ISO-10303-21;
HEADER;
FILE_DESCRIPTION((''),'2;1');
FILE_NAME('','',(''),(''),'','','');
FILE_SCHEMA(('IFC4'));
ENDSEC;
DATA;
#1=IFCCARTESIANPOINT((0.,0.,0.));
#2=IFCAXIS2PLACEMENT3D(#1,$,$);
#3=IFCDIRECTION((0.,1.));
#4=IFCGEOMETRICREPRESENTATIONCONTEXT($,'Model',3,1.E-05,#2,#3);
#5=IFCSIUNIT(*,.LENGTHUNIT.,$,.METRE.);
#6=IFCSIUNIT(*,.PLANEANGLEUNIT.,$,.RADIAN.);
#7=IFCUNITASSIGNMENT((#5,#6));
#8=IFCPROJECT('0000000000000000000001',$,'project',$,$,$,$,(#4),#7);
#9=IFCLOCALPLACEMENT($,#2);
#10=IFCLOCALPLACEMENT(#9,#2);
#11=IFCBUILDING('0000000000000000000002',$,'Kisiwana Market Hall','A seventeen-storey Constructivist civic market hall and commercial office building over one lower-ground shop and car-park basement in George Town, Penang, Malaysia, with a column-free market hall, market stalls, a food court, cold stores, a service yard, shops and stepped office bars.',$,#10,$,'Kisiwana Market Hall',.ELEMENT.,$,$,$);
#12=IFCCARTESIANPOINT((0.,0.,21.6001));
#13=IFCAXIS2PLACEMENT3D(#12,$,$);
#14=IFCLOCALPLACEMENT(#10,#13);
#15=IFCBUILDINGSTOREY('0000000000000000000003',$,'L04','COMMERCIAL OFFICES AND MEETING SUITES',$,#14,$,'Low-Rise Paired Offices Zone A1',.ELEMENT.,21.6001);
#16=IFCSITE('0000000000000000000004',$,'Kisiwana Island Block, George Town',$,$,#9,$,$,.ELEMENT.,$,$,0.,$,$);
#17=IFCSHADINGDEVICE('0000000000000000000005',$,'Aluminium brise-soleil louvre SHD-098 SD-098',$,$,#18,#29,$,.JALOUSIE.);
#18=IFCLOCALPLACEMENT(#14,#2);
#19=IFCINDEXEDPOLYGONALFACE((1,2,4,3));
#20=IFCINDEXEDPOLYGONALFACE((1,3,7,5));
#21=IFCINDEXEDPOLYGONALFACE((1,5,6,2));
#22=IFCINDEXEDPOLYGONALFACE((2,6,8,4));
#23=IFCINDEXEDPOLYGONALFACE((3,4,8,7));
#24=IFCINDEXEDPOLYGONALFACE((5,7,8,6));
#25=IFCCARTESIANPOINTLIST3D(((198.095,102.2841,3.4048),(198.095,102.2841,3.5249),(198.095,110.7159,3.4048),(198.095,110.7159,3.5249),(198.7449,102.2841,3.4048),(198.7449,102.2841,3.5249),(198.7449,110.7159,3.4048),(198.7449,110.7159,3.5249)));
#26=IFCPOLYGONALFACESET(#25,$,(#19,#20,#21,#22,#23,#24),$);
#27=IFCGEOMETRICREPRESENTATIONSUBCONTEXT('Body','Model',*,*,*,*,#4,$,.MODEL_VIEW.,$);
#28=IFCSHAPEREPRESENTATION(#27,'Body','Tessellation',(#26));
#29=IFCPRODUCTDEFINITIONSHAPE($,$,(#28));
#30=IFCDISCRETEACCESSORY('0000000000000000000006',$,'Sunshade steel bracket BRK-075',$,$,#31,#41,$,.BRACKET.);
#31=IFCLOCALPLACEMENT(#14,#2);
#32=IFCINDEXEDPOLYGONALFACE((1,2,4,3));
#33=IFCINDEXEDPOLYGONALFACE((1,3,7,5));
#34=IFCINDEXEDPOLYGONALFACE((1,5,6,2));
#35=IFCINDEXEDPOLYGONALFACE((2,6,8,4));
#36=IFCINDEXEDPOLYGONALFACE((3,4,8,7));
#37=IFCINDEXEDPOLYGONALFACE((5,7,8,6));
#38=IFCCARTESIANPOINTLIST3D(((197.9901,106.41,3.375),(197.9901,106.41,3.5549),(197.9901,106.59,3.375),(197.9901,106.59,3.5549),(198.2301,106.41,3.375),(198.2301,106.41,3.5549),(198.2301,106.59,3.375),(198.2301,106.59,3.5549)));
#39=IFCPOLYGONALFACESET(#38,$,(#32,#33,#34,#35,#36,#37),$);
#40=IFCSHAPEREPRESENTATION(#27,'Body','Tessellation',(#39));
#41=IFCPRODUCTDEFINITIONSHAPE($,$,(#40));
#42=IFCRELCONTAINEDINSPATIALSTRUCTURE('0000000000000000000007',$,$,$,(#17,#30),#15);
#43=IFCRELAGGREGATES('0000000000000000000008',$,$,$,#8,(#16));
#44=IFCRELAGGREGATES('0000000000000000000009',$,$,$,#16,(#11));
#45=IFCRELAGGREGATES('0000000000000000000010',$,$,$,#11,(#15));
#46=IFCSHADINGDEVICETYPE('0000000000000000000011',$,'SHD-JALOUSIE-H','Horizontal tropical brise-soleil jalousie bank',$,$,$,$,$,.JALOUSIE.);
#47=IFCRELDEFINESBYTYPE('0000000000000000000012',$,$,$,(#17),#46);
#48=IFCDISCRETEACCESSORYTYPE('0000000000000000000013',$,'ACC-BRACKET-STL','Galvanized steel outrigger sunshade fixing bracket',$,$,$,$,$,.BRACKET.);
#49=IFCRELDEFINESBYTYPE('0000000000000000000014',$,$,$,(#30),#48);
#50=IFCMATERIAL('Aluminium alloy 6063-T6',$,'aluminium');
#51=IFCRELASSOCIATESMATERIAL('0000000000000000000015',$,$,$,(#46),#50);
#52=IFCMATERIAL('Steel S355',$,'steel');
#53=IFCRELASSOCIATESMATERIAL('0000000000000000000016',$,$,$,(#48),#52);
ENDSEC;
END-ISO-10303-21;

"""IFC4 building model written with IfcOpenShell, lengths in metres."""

from ifc_helpers import new_model, si_unit, direction, frame, origin, origin_2d, place, context, subcontext, project, spatial, rectangle, extrude, material, type_object, element, save


model = new_model("IFC4")

# Units and contexts
model_context = context("Model", 3, precision=1e-05, world=origin(), true_north=direction((0.0, 1.0)))
body_context = subcontext(model_context, "Body", "Model", "MODEL_VIEW")
ifc_project = project(units=[si_unit("LENGTHUNIT", "METRE"), si_unit("PLANEANGLEUNIT", "RADIAN")], contexts=[model_context])

# Site, building, storey
site_placement = place(None, origin())
site = spatial("IfcSite", under=ifc_project, at=site_placement, Name="Kisiwana Island Block, George Town", CompositionType="ELEMENT", RefElevation=0.0)
building_placement = place(site_placement, origin())
building = spatial("IfcBuilding", under=site, at=building_placement, Name="Kisiwana Market Hall", Description="A seventeen-storey Constructivist civic market hall and commercial office building over one lower-ground shop and car-park basement in George Town, Penang, Malaysia, with a column-free market hall, market stalls, a food court, cold stores, a service yard, shops and stepped office bars.", LongName="Kisiwana Market Hall", CompositionType="ELEMENT")
storey_placement = place(building_placement, frame((0.0, 0.0, 21.6001)))
storey = spatial("IfcBuildingStorey", under=building, at=storey_placement, Name="L04", Description="COMMERCIAL OFFICES AND MEETING SUITES", LongName="Low-Rise Paired Offices Zone A1", CompositionType="ELEMENT", Elevation=21.6001)

# Shading device
ifc_material_1 = material(Name="Aluminium alloy 6063-T6", Category="aluminium")
shading_device_type = type_object("IfcShadingDeviceType", Name="SHD-JALOUSIE-H", Description="Horizontal tropical brise-soleil jalousie bank", PredefinedType="JALOUSIE", material=ifc_material_1)
shading_device_placement = place(storey_placement, frame((198.4199, 106.5, 3.4048), z_axis=(0.0, 0.0, 1.0), x_axis=(0.0, 1.0, 0.0)))
element("IfcShadingDevice", 1, at=shading_device_placement, inside=storey, type_object=shading_device_type, Name="Aluminium brise-soleil louvre SHD-098 SD-098", PredefinedType="JALOUSIE", context=body_context, shape_type="SweptSolid", body=[
    extrude(rectangle(XDim=8.4319, YDim=0.6499, at=origin_2d()), origin(), (0.0, 0.0, 1.0), 0.1201),
])

# Discrete accessory
ifc_material_2 = material(Name="Steel S355", Category="steel")
discrete_accessory_type = type_object("IfcDiscreteAccessoryType", Name="ACC-BRACKET-STL", Description="Galvanized steel outrigger sunshade fixing bracket", PredefinedType="BRACKET", material=ifc_material_2)
discrete_accessory_placement = place(storey_placement, frame((198.1101, 106.5, 3.375), z_axis=(0.0, 0.0, 1.0), x_axis=(0.0, 1.0, 0.0)))
element("IfcDiscreteAccessory", 2, at=discrete_accessory_placement, inside=storey, type_object=discrete_accessory_type, Name="Sunshade steel bracket BRK-075", PredefinedType="BRACKET", context=body_context, shape_type="SweptSolid", body=[
    extrude(rectangle(XDim=0.1799, YDim=0.24, at=origin_2d()), origin(), (0.0, 0.0, 1.0), 0.1799),
])

save(model, "model.ifc")
